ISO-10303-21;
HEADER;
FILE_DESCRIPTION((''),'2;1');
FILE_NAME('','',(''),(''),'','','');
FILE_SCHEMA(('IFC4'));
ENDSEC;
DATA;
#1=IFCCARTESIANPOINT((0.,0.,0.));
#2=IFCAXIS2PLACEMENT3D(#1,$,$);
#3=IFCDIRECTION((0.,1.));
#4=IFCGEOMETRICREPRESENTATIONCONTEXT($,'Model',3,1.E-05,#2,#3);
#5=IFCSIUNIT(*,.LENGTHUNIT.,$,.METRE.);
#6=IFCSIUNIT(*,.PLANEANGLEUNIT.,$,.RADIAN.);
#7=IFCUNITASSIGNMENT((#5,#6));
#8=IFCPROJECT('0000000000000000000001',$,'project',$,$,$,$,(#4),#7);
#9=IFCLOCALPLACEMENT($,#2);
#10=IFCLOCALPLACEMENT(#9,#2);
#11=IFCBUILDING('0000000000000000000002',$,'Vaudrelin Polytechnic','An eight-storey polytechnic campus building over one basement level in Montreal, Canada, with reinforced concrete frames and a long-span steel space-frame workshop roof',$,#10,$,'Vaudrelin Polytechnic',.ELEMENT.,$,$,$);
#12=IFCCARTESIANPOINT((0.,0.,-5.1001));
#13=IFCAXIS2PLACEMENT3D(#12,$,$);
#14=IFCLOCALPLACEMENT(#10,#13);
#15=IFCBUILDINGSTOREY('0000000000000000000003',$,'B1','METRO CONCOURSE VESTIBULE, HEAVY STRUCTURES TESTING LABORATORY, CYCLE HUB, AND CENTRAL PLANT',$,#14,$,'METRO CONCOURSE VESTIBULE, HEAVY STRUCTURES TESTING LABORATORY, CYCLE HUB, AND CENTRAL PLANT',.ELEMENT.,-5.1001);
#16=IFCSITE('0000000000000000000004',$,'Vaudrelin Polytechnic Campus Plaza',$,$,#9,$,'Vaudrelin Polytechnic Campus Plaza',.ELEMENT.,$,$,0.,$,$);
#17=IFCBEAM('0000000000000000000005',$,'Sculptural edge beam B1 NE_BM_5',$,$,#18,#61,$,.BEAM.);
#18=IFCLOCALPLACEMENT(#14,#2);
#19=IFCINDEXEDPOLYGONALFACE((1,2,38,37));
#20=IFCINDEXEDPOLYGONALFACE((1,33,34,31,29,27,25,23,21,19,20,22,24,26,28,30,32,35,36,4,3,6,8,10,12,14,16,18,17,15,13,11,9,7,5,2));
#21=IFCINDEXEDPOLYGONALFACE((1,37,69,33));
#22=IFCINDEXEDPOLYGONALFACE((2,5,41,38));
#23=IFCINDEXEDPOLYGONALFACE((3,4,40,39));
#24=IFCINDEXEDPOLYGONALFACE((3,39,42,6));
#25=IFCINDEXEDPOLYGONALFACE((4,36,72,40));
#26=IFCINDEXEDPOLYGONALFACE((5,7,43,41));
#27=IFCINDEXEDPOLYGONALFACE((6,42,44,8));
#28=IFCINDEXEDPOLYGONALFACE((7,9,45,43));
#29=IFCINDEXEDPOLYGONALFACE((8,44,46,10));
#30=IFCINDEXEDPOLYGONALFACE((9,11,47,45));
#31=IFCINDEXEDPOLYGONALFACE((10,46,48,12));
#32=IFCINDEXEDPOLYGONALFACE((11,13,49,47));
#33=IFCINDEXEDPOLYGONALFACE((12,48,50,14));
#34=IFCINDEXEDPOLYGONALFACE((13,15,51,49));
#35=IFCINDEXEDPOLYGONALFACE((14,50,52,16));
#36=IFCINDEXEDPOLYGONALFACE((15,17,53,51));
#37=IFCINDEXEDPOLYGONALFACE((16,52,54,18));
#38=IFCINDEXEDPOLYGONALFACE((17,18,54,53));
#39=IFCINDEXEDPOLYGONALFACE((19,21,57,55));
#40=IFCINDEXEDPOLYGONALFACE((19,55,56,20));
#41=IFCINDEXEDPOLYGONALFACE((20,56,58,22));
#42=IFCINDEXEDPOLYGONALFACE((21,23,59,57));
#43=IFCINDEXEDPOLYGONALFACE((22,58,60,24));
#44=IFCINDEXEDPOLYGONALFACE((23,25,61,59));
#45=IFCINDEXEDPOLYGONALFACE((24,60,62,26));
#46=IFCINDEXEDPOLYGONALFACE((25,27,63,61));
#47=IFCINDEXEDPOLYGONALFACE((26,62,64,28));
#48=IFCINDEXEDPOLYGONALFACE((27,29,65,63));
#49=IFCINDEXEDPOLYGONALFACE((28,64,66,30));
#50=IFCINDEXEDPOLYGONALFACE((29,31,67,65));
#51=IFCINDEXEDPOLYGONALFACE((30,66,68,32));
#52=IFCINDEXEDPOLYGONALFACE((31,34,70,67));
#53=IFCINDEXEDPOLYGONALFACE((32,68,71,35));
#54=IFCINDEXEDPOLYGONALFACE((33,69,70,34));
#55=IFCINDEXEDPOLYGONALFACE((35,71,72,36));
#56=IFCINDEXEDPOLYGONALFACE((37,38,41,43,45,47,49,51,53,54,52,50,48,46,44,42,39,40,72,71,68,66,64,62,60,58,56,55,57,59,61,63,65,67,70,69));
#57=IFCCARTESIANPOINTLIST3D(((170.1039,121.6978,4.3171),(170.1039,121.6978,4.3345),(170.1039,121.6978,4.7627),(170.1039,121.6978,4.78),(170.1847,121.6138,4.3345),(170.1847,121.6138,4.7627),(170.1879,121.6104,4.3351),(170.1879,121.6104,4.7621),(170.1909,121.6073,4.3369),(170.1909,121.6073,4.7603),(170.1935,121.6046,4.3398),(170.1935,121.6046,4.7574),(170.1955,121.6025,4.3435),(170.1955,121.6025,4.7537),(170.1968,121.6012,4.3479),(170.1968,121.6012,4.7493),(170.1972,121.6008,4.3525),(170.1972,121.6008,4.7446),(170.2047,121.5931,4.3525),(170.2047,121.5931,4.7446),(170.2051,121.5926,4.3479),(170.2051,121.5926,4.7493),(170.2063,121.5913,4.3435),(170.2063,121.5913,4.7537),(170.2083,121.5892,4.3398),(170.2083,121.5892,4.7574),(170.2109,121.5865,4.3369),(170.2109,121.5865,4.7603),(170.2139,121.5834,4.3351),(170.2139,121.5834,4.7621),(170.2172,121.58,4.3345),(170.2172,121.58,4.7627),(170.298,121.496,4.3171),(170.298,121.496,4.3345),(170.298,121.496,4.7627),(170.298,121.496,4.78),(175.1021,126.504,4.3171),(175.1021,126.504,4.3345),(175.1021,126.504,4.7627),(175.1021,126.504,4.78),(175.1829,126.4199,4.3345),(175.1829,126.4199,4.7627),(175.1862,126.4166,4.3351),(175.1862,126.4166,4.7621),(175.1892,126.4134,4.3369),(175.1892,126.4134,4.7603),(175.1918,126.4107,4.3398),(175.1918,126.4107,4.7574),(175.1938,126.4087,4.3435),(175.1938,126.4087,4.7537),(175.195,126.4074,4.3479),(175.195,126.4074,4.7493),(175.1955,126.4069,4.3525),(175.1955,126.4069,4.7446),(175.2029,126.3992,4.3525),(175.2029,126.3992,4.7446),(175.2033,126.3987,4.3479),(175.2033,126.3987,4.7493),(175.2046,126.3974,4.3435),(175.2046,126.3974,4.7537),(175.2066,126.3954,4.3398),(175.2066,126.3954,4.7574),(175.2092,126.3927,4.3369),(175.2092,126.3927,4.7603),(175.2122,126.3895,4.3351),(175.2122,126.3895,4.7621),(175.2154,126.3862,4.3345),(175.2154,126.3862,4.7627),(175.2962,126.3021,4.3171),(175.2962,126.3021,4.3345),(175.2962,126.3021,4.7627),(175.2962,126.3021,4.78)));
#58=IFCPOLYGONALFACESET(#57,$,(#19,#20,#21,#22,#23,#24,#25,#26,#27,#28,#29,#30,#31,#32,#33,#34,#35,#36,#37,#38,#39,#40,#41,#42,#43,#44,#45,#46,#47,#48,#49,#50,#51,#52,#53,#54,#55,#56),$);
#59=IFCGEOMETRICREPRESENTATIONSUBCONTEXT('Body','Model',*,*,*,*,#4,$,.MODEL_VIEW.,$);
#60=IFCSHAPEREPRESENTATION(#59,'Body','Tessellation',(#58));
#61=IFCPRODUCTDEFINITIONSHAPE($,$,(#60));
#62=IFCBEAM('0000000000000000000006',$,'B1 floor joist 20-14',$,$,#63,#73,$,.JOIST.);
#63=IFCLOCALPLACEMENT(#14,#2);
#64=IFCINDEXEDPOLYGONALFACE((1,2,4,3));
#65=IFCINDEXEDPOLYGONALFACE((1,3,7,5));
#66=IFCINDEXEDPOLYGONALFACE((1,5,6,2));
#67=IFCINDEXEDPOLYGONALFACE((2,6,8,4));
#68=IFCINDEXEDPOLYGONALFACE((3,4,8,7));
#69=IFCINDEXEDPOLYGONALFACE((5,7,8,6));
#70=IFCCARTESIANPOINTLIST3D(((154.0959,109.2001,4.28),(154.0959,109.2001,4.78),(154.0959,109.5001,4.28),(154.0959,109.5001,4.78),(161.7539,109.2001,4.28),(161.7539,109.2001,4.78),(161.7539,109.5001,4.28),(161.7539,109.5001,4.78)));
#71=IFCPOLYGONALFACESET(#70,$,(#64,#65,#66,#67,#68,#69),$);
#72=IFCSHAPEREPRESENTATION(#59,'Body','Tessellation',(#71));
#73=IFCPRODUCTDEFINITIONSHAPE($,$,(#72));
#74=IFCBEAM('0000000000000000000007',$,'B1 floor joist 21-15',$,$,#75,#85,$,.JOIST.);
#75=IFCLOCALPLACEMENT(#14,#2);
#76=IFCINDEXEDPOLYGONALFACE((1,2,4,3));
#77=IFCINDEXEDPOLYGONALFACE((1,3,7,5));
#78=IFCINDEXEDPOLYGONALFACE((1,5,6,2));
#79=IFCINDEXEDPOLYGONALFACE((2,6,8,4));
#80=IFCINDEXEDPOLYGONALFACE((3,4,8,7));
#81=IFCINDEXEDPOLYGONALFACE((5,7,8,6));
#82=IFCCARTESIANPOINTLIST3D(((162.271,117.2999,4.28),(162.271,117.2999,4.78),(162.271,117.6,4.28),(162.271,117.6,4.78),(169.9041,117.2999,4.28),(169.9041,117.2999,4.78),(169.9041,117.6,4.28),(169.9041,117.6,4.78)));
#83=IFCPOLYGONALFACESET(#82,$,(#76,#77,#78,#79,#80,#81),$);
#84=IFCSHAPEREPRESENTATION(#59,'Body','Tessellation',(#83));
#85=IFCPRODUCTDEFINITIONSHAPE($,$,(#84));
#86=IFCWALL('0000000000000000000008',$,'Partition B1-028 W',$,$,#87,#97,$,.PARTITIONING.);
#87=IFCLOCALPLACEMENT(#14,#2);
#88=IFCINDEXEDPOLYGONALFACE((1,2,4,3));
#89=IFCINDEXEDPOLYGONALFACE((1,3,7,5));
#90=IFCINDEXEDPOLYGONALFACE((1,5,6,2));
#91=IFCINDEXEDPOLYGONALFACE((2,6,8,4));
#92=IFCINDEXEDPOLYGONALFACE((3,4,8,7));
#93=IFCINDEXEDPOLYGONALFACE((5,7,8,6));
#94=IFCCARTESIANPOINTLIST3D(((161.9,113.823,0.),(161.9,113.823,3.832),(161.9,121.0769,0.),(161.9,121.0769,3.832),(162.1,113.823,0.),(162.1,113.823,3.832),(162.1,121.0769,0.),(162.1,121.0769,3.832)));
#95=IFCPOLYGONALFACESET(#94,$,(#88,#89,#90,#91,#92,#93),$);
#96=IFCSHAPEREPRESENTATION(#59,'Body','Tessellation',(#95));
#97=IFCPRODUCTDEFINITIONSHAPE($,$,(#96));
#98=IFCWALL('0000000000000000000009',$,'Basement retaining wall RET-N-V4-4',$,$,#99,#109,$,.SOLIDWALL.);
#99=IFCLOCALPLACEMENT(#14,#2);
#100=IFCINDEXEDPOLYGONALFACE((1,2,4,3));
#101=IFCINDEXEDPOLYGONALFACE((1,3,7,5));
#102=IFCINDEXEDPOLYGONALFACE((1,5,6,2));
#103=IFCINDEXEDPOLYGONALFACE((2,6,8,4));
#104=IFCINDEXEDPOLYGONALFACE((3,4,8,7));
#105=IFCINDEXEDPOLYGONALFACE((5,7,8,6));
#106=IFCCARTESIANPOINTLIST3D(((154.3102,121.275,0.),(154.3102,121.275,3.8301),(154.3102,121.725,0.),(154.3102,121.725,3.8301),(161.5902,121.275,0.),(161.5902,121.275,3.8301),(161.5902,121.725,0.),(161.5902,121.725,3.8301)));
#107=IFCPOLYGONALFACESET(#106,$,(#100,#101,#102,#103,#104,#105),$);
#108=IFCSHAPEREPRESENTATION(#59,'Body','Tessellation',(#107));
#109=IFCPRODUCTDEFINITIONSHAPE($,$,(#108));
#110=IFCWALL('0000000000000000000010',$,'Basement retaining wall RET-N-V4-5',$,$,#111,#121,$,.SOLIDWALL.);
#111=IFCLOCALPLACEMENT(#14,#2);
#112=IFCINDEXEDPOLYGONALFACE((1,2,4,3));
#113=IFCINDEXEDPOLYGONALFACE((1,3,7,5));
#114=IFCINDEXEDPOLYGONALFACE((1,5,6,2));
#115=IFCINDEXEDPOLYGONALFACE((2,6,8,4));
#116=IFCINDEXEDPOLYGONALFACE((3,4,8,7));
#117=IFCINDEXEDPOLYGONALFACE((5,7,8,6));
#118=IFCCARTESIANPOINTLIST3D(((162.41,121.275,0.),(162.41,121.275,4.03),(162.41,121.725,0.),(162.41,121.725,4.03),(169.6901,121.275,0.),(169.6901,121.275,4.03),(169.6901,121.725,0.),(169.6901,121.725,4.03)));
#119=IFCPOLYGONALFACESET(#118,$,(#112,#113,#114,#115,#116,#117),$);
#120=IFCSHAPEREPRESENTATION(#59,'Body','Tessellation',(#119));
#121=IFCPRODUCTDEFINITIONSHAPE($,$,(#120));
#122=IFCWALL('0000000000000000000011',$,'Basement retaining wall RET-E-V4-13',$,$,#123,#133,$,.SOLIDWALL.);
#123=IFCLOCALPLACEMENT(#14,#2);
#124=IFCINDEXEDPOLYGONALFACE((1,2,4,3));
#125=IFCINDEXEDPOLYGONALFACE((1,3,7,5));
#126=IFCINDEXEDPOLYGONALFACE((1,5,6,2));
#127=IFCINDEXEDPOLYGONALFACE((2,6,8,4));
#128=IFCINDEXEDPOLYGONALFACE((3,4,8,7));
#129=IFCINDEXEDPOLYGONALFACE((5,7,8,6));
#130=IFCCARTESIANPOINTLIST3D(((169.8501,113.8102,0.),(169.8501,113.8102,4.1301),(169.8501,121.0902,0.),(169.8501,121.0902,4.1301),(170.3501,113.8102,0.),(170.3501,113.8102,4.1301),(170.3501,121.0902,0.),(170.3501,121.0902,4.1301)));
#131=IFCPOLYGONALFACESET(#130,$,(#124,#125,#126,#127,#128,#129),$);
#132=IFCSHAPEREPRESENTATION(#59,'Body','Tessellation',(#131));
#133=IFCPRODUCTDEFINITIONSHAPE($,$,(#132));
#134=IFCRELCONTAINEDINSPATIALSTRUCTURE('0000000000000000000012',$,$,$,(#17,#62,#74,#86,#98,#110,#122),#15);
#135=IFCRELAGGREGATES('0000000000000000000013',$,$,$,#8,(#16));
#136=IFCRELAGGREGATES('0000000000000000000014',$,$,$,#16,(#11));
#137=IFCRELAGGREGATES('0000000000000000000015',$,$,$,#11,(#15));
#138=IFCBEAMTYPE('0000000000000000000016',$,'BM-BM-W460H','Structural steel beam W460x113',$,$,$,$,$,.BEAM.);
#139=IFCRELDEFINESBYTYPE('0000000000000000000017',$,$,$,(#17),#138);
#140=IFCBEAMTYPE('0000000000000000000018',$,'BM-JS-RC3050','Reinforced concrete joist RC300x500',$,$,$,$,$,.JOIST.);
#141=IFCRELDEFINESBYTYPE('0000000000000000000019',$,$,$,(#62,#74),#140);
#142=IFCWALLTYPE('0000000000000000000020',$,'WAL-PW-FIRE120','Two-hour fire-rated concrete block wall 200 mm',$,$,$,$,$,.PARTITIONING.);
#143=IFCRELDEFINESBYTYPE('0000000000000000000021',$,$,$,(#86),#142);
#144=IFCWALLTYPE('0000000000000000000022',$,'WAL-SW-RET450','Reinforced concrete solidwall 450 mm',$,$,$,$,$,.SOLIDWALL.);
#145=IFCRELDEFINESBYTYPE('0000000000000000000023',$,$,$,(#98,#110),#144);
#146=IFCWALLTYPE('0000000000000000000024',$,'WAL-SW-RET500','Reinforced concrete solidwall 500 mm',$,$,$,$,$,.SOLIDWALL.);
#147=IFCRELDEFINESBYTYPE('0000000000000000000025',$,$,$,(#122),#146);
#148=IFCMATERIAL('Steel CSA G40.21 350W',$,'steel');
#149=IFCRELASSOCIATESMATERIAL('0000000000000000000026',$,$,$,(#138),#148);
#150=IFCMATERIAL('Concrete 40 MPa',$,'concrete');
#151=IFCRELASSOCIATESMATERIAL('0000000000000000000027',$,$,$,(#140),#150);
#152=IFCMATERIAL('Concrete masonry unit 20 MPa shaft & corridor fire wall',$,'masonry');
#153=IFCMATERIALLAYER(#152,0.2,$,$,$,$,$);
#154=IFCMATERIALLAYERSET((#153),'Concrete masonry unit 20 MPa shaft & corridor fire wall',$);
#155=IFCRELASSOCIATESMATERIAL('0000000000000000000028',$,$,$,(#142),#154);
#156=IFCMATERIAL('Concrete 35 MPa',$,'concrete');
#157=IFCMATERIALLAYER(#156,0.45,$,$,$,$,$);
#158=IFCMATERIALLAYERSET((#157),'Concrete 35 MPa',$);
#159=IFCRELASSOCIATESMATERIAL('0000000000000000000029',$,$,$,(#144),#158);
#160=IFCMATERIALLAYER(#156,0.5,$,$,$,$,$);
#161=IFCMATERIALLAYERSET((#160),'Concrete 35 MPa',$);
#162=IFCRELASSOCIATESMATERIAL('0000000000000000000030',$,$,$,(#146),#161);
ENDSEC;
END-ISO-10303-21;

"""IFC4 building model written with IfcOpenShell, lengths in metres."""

from ifc_helpers import new_model, si_unit, direction, frame, frame_2d, origin, origin_2d, place, context, subcontext, project, spatial, rectangle, i_section, extrude, material, layer, layer_set, material_profile, profile_set, type_object, element, save


model = new_model("IFC4")

# Units and contexts
model_context = context("Model", 3, precision=1e-05, world=origin(), true_north=direction((0.0, 1.0)))
body_context = subcontext(model_context, "Body", "Model", "MODEL_VIEW")
ifc_project = project(units=[si_unit("LENGTHUNIT", "METRE"), si_unit("PLANEANGLEUNIT", "RADIAN")], contexts=[model_context])

# Site, building, storey
site_placement = place(None, origin())
site = spatial("IfcSite", under=ifc_project, at=site_placement, Name="Vaudrelin Polytechnic Campus Plaza", LongName="Vaudrelin Polytechnic Campus Plaza", CompositionType="ELEMENT", RefElevation=0.0)
building_placement = place(site_placement, origin())
building = spatial("IfcBuilding", under=site, at=building_placement, Name="Vaudrelin Polytechnic", Description="An eight-storey polytechnic campus building over one basement level in Montreal, Canada, with reinforced concrete frames and a long-span steel space-frame workshop roof", LongName="Vaudrelin Polytechnic", CompositionType="ELEMENT")
storey_placement = place(building_placement, frame((0.0, 0.0, -5.1001)))
storey = spatial("IfcBuildingStorey", under=building, at=storey_placement, Name="B1", Description="METRO CONCOURSE VESTIBULE, HEAVY STRUCTURES TESTING LABORATORY, CYCLE HUB, AND CENTRAL PLANT", LongName="METRO CONCOURSE VESTIBULE, HEAVY STRUCTURES TESTING LABORATORY, CYCLE HUB, AND CENTRAL PLANT", CompositionType="ELEMENT", Elevation=-5.1001)

# Shared definitions
ifc_material_1 = material(Name="Concrete 40 MPa", Category="concrete")

# Beams
ifc_material_2 = material(Name="Steel CSA G40.21 350W", Category="steel")
ifc_material_profile_1 = material_profile(ifc_material_2, i_section(OverallWidth=0.28, OverallDepth=0.4629, WebThickness=0.0107, FlangeThickness=0.0173, FilletRadius=0.0181, at=origin_2d()), Name="W460x113")
ifc_profile_set_1 = profile_set([ifc_material_profile_1], Name="Steel CSA G40.21 350W")
beam_type_1 = type_object("IfcBeamType", Name="BM-BM-W460H", Description="Structural steel beam W460x113", PredefinedType="BEAM", material=ifc_profile_set_1)
beam_1_placement = place(storey_placement, frame((170.2009, 121.5969, 4.5486), z_axis=(0.720826, 0.693116, 0.0), x_axis=(-0.693116, 0.720826, 0.0)))
element("IfcBeam", 1, at=beam_1_placement, inside=storey, type_object=beam_type_1, Name="Sculptural edge beam B1 NE_BM_5", PredefinedType="BEAM", context=body_context, shape_type="SweptSolid", body=[
    extrude(i_section(OverallWidth=0.28, OverallDepth=0.4629, WebThickness=0.0107, FlangeThickness=0.0173, FilletRadius=0.0181, at=origin_2d()), origin(), (0.0, 0.0, 1.0), 6.9341),
])
ifc_material_profile_2 = material_profile(ifc_material_1, rectangle(XDim=0.3, YDim=0.5, at=origin_2d()), Name="RC300x500")
ifc_profile_set_2 = profile_set([ifc_material_profile_2], Name="Concrete 40 MPa")
beam_type_2 = type_object("IfcBeamType", Name="BM-JS-RC3050", Description="Reinforced concrete joist RC300x500", PredefinedType="JOIST", material=ifc_profile_set_2)
beam_2_placement = place(storey_placement, frame((154.0959, 109.3501, 4.53), z_axis=(1.0, 0.0, 0.0), x_axis=(0.0, 1.0, 0.0)))
element("IfcBeam", 2, at=beam_2_placement, inside=storey, type_object=beam_type_2, Name="B1 floor joist 20-14", PredefinedType="JOIST", context=body_context, shape_type="SweptSolid", body=[
    extrude(rectangle(XDim=0.3, YDim=0.5, at=origin_2d()), origin(), (0.0, 0.0, 1.0), 7.658),
])
beam_3_placement = place(storey_placement, frame((162.271, 117.45, 4.53), z_axis=(1.0, 0.0, 0.0), x_axis=(0.0, 1.0, 0.0)))
element("IfcBeam", 3, at=beam_3_placement, inside=storey, type_object=beam_type_2, Name="B1 floor joist 21-15", PredefinedType="JOIST", context=body_context, shape_type="SweptSolid", body=[
    extrude(rectangle(XDim=0.3, YDim=0.5, at=origin_2d()), origin(), (0.0, 0.0, 1.0), 7.6331),
])

# Walls
ifc_material_3 = material(Name="Concrete masonry unit 20 MPa shaft & corridor fire wall", Category="masonry")
ifc_layer_1 = layer(ifc_material_3, 0.2)
ifc_layer_set_1 = layer_set([ifc_layer_1], Name="Concrete masonry unit 20 MPa shaft & corridor fire wall")
wall_type_1 = type_object("IfcWallType", Name="WAL-PW-FIRE120", Description="Two-hour fire-rated concrete block wall 200 mm", PredefinedType="PARTITIONING", material=ifc_layer_set_1)
wall_1_placement = place(storey_placement, frame((162.0, 113.823, 0.0), z_axis=(0.0, 0.0, 1.0), x_axis=(0.0, 1.0, 0.0)))
element("IfcWall", 4, at=wall_1_placement, inside=storey, type_object=wall_type_1, Name="Partition B1-028 W", PredefinedType="PARTITIONING", context=body_context, shape_type="SweptSolid", body=[
    extrude(rectangle(XDim=7.2539, YDim=0.2, at=frame_2d((3.627, 0.0))), origin(), (0.0, 0.0, 1.0), 3.832),
])
ifc_material_4 = material(Name="Concrete 35 MPa", Category="concrete")
ifc_layer_2 = layer(ifc_material_4, 0.45)
ifc_layer_set_2 = layer_set([ifc_layer_2], Name="Concrete 35 MPa")
wall_type_2 = type_object("IfcWallType", Name="WAL-SW-RET450", Description="Reinforced concrete solidwall 450 mm", PredefinedType="SOLIDWALL", material=ifc_layer_set_2)
wall_2_placement = place(storey_placement, frame((154.3101, 121.5, 0.0), z_axis=(0.0, 0.0, 1.0), x_axis=(1.0, 0.0, 0.0)))
element("IfcWall", 5, at=wall_2_placement, inside=storey, type_object=wall_type_2, Name="Basement retaining wall RET-N-V4-4", PredefinedType="SOLIDWALL", context=body_context, shape_type="SweptSolid", body=[
    extrude(rectangle(XDim=7.28, YDim=0.45, at=frame_2d((3.6401, 0.0))), origin(), (0.0, 0.0, 1.0), 3.8301),
])
wall_3_placement = place(storey_placement, frame((162.4099, 121.5, 0.0), z_axis=(0.0, 0.0, 1.0), x_axis=(1.0, 0.0, 0.0)))
element("IfcWall", 6, at=wall_3_placement, inside=storey, type_object=wall_type_2, Name="Basement retaining wall RET-N-V4-5", PredefinedType="SOLIDWALL", context=body_context, shape_type="SweptSolid", body=[
    extrude(rectangle(XDim=7.28, YDim=0.45, at=frame_2d((3.6401, 0.0))), origin(), (0.0, 0.0, 1.0), 4.03),
])
ifc_layer_3 = layer(ifc_material_4, 0.5)
ifc_layer_set_3 = layer_set([ifc_layer_3], Name="Concrete 35 MPa")
wall_type_3 = type_object("IfcWallType", Name="WAL-SW-RET500", Description="Reinforced concrete solidwall 500 mm", PredefinedType="SOLIDWALL", material=ifc_layer_set_3)
wall_4_placement = place(storey_placement, frame((170.1001, 113.8101, 0.0), z_axis=(0.0, 0.0, 1.0), x_axis=(0.0, 1.0, 0.0)))
element("IfcWall", 7, at=wall_4_placement, inside=storey, type_object=wall_type_3, Name="Basement retaining wall RET-E-V4-13", PredefinedType="SOLIDWALL", context=body_context, shape_type="SweptSolid", body=[
    extrude(rectangle(XDim=7.28, YDim=0.5, at=frame_2d((3.6401, 0.0))), origin(), (0.0, 0.0, 1.0), 4.1301),
])

save(model, "model.ifc")
